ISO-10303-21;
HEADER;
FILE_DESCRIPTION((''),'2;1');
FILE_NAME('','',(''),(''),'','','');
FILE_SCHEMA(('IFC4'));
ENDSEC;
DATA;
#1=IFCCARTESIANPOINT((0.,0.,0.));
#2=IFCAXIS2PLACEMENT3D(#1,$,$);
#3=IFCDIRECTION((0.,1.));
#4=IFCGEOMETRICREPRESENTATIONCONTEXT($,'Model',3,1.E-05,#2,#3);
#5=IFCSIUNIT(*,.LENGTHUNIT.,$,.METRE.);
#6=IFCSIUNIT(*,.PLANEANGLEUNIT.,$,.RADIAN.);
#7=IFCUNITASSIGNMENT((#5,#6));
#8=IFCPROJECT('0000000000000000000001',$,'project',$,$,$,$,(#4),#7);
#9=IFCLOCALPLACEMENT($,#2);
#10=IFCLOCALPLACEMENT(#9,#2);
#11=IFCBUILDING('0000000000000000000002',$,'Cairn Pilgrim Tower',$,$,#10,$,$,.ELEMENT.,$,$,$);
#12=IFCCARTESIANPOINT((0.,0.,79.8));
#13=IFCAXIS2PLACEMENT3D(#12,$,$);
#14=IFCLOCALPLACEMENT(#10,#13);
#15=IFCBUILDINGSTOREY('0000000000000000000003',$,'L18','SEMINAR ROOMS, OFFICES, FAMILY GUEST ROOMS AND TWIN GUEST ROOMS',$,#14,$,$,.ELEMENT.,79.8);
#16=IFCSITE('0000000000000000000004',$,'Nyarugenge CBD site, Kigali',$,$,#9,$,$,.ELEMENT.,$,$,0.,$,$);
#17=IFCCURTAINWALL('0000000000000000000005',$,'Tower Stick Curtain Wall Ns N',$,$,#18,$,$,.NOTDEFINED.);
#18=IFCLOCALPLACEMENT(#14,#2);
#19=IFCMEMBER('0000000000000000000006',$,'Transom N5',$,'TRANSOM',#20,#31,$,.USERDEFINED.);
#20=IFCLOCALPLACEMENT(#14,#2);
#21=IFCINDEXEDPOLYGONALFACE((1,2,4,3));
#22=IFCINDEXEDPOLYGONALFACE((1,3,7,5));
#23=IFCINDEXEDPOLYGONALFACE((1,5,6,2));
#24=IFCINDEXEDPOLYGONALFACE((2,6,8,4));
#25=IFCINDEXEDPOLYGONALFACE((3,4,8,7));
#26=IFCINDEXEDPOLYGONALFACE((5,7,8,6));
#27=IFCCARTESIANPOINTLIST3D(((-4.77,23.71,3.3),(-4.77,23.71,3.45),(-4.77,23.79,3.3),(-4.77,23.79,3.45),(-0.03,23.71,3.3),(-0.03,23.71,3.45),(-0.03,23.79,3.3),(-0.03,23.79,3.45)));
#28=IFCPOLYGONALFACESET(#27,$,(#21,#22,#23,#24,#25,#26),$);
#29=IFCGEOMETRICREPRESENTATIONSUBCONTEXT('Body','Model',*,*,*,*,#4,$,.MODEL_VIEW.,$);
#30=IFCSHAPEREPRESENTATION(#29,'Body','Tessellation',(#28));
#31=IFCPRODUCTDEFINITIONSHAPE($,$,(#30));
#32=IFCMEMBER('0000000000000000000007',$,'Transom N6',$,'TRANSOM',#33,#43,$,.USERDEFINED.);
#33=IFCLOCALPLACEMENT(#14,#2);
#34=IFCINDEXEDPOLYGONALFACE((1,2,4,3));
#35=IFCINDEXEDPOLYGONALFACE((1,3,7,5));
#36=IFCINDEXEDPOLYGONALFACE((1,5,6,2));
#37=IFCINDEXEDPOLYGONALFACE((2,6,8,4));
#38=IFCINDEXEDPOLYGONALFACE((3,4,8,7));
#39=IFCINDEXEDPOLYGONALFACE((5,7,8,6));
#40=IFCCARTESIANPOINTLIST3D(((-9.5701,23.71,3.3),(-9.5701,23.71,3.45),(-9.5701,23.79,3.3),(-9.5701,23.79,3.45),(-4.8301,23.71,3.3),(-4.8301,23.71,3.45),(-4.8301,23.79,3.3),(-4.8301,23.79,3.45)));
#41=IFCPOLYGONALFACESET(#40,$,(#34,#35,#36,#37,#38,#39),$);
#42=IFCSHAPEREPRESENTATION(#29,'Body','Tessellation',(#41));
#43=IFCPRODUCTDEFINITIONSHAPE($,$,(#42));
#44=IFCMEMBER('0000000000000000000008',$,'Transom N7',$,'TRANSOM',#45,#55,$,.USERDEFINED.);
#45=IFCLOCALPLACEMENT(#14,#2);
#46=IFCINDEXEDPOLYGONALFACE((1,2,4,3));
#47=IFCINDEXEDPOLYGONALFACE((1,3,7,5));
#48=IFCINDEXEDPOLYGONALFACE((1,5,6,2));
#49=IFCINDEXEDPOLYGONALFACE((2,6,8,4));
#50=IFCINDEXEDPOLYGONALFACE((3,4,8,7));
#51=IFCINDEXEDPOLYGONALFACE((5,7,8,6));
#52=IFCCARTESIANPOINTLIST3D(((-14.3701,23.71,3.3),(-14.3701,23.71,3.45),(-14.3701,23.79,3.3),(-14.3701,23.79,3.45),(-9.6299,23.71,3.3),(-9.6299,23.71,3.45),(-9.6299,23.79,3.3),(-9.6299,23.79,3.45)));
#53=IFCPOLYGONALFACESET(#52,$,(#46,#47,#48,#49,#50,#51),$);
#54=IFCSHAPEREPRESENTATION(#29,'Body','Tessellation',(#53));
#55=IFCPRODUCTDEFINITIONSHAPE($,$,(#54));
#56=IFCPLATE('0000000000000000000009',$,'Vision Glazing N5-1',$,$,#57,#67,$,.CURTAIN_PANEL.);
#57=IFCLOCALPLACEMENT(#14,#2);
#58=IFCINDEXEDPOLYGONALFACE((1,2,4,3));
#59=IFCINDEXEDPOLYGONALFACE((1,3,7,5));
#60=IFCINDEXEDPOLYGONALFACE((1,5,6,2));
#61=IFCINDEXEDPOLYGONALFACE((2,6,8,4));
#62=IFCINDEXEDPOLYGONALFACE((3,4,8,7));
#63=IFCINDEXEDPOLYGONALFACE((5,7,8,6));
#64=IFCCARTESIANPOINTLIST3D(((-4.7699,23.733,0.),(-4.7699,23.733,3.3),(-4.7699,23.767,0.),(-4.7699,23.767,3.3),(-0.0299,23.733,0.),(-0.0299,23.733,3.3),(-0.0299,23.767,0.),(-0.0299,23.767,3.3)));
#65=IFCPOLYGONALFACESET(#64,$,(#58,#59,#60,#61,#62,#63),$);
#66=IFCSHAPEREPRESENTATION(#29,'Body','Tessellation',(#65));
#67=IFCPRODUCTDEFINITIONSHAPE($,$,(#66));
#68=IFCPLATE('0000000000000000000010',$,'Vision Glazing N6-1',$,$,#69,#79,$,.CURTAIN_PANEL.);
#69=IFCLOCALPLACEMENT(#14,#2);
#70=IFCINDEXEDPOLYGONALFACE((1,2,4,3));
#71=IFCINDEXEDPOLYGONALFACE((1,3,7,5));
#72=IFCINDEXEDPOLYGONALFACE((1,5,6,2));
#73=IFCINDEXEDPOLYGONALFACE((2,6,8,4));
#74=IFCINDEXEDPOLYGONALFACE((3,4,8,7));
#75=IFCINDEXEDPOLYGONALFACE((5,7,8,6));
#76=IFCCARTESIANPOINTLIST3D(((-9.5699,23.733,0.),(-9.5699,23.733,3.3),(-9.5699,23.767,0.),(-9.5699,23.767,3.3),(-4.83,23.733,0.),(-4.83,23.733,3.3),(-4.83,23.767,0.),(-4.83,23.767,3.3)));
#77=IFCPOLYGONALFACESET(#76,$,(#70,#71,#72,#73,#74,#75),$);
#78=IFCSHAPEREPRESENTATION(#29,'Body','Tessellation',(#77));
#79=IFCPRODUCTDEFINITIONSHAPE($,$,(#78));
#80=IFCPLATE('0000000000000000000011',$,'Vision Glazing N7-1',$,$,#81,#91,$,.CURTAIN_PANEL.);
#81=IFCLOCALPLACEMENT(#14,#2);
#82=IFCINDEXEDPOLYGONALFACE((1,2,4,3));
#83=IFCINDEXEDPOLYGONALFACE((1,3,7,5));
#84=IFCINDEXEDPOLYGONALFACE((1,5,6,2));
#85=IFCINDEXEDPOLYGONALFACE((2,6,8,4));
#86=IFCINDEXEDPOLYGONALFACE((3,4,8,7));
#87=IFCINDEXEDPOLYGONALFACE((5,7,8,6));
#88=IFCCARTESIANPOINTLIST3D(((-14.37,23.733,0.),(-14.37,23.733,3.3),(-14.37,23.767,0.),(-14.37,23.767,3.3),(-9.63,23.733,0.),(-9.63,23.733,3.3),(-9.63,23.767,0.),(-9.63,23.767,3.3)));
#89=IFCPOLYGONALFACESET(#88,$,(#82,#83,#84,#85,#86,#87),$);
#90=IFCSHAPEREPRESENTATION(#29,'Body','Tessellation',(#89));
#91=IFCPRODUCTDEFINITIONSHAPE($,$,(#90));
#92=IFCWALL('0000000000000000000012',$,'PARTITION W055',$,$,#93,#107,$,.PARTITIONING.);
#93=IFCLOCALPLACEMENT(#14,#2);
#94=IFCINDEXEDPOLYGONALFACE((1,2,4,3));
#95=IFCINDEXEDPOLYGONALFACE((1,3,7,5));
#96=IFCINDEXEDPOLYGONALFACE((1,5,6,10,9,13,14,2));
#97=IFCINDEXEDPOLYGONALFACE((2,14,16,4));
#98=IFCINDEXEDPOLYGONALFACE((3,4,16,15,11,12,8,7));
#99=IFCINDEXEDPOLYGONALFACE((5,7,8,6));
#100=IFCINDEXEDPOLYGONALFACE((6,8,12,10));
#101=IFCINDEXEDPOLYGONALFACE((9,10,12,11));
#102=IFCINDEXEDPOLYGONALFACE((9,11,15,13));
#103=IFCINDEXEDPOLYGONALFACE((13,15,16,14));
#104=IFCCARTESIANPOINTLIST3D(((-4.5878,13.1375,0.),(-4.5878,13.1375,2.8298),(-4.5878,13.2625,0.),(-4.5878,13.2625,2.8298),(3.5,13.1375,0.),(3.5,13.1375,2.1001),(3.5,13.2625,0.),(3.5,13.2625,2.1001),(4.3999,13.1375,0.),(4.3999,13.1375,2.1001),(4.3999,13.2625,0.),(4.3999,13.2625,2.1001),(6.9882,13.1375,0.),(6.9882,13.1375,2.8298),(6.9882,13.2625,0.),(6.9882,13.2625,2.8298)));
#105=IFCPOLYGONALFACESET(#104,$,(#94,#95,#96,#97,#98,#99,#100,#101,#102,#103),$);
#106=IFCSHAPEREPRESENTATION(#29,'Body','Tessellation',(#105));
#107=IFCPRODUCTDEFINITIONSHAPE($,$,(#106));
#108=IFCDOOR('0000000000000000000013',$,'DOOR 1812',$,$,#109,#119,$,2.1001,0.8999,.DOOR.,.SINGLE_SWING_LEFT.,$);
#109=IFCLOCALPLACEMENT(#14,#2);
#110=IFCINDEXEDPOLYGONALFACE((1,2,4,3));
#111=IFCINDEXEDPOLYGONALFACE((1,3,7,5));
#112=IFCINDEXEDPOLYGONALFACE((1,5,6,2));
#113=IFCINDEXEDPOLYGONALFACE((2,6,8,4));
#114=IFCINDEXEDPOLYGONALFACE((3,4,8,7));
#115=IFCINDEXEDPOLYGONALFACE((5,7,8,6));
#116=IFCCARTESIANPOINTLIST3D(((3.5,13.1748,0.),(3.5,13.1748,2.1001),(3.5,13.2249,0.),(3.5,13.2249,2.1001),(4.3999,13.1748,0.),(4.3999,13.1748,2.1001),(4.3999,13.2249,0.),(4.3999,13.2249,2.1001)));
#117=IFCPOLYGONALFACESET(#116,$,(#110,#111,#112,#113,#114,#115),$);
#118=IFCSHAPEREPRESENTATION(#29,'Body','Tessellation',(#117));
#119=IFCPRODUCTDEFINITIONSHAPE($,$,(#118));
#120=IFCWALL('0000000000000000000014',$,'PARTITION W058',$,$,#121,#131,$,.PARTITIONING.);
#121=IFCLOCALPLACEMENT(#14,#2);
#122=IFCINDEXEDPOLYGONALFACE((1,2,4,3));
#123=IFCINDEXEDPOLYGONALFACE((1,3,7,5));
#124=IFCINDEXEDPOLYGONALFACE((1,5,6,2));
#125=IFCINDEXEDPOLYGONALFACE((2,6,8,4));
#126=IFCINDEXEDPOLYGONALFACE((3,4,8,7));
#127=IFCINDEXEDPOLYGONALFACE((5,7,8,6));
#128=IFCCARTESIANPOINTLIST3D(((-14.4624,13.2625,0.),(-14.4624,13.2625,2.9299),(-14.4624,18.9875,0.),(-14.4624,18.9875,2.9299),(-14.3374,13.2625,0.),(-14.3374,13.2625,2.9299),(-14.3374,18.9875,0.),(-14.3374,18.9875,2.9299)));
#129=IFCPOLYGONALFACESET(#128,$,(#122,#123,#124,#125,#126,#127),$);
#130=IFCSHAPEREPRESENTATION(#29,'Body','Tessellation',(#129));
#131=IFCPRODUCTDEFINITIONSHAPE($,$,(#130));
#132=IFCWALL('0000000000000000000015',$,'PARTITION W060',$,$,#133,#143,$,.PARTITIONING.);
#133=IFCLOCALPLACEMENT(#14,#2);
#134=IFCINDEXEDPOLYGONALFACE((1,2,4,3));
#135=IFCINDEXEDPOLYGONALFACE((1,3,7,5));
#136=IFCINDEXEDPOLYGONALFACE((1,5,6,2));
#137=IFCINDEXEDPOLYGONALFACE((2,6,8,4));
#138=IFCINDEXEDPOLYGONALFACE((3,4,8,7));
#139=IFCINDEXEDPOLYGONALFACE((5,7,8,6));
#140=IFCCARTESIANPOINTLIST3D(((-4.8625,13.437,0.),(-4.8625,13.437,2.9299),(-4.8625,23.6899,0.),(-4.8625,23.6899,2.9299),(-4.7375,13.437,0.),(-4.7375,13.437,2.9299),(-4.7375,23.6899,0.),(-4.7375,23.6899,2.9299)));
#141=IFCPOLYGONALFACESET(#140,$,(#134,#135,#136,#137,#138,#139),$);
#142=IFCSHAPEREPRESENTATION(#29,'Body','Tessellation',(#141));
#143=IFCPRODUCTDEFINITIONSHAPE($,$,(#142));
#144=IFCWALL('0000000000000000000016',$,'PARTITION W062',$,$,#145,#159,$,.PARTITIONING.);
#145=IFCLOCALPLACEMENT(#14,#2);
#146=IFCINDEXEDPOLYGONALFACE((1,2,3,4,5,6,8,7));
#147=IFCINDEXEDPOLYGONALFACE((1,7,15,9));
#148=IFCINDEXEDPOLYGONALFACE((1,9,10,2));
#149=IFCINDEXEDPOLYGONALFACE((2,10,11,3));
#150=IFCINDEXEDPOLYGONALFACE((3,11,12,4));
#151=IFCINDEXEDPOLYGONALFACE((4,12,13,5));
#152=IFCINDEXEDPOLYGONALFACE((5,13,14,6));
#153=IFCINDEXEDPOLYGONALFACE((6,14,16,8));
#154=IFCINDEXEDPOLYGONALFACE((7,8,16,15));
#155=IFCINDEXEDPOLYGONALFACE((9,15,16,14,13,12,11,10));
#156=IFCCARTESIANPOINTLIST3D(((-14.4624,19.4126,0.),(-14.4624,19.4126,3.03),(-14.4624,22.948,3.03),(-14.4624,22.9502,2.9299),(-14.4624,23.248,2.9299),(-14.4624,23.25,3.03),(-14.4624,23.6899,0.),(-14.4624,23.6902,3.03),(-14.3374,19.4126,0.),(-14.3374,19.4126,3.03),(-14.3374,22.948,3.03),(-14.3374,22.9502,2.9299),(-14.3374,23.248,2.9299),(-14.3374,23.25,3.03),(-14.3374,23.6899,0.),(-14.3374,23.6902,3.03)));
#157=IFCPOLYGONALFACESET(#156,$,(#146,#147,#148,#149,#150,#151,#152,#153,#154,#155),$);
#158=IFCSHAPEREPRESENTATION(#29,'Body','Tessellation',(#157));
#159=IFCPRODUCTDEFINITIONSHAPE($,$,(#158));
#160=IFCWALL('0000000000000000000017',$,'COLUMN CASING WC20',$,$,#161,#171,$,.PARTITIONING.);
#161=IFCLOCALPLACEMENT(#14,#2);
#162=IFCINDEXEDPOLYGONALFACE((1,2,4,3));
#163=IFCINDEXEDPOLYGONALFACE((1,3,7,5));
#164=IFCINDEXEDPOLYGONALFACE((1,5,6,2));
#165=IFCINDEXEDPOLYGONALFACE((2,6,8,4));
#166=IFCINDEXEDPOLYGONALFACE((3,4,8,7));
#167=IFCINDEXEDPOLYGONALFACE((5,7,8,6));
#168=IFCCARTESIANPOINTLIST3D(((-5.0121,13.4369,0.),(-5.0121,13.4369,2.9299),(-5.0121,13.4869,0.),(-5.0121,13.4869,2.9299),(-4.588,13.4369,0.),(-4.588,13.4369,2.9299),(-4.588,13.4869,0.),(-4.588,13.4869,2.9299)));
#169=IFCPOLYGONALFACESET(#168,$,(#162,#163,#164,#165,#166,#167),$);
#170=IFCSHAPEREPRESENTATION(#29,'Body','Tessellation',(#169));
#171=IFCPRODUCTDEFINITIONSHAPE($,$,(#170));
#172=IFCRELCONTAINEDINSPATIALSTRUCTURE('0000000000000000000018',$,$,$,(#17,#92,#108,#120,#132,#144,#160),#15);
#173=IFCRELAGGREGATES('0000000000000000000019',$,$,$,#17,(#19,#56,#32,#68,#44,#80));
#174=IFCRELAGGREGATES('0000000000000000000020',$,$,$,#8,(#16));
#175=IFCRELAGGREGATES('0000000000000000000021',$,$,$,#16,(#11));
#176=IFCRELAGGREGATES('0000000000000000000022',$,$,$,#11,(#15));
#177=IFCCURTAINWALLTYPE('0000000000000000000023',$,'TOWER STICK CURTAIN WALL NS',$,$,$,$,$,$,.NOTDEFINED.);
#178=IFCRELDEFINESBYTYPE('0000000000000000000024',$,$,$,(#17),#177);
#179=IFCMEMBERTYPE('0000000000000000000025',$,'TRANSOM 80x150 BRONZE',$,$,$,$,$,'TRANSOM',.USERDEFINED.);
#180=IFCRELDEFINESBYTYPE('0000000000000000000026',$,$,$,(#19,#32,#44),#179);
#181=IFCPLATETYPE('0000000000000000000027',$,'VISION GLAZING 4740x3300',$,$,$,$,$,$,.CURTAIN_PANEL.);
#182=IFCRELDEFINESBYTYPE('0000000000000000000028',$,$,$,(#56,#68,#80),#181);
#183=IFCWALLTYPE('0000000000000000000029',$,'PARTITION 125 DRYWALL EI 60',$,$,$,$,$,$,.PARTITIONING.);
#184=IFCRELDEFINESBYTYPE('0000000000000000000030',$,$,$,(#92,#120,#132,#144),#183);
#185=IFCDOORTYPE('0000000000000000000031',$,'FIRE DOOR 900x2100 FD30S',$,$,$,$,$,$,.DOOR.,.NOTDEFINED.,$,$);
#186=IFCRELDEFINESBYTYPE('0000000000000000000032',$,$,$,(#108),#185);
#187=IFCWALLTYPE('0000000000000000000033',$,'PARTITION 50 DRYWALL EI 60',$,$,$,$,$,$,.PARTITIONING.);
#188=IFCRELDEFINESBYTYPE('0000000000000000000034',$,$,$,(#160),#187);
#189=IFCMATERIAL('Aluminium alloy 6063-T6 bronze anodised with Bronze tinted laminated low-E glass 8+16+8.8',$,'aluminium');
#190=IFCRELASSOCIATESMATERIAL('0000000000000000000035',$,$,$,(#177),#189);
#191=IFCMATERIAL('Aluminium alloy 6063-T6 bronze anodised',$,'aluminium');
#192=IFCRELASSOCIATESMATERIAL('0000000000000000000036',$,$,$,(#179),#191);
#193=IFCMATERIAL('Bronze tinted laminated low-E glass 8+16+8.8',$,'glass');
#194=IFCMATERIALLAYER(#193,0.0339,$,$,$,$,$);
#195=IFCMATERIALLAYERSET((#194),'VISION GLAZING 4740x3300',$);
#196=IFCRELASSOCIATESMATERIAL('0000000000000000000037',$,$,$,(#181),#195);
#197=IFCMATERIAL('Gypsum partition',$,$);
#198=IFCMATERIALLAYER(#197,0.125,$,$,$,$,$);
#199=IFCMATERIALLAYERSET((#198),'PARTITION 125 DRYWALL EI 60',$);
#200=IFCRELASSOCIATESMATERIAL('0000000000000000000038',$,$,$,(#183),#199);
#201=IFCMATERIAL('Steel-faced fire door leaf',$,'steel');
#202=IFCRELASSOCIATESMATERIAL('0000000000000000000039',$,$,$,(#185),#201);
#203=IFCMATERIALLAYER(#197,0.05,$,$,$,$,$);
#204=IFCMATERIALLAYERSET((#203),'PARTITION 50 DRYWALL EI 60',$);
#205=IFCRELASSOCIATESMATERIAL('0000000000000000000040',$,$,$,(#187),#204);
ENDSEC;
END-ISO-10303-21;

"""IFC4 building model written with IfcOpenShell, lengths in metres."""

from ifc_helpers import new_model, si_unit, direction, frame, frame_2d, origin, origin_2d, place, context, subcontext, project, spatial, polyline, rectangle, outline, extrude, material, layer, layer_set, material_profile, profile_set, type_object, element, fill, aggregate, save


model = new_model("IFC4")

# Units and contexts
model_context = context("Model", 3, precision=1e-05, world=origin(), true_north=direction((0.0, 1.0)))
body_context = subcontext(model_context, "Body", "Model", "MODEL_VIEW")
ifc_project = project(units=[si_unit("LENGTHUNIT", "METRE"), si_unit("PLANEANGLEUNIT", "RADIAN")], contexts=[model_context])

# Site, building, storey
site_placement = place(None, origin())
site = spatial("IfcSite", under=ifc_project, at=site_placement, Name="Nyarugenge CBD site, Kigali", CompositionType="ELEMENT", RefElevation=0.0)
building_placement = place(site_placement, origin())
building = spatial("IfcBuilding", under=site, at=building_placement, Name="Cairn Pilgrim Tower", CompositionType="ELEMENT")
storey_placement = place(building_placement, frame((0.0, 0.0, 79.8)))
storey = spatial("IfcBuildingStorey", under=building, at=storey_placement, Name="L18", Description="SEMINAR ROOMS, OFFICES, FAMILY GUEST ROOMS AND TWIN GUEST ROOMS", CompositionType="ELEMENT", Elevation=79.8)

# Curtain wall
ifc_material_1 = material(Name="Aluminium alloy 6063-T6 bronze anodised with Bronze tinted laminated low-E glass 8+16+8.8", Category="aluminium")
curtain_wall_type = type_object("IfcCurtainWallType", Name="TOWER STICK CURTAIN WALL NS", PredefinedType="NOTDEFINED", material=ifc_material_1)
curtain_wall_placement = place(storey_placement, origin())
curtain_wall = element("IfcCurtainWall", 1, at=curtain_wall_placement, inside=storey, type_object=curtain_wall_type, Name="Tower Stick Curtain Wall Ns N", PredefinedType="NOTDEFINED")
ifc_material_2 = material(Name="Aluminium alloy 6063-T6 bronze anodised", Category="aluminium")

# Members
ifc_material_profile_1 = material_profile(ifc_material_2, rectangle(XDim=0.0801, YDim=0.1499, at=origin_2d()), Name="TRANSOM 80x150 BRONZE")
ifc_profile_set_1 = profile_set([ifc_material_profile_1], Name="Aluminium alloy 6063-T6 bronze anodised")
member_type_1 = type_object("IfcMemberType", Name="TRANSOM 80x150 BRONZE", ElementType="TRANSOM", PredefinedType="USERDEFINED", material=ifc_profile_set_1)
member_1_placement = place(storey_placement, frame((-0.03, 23.75, 3.375), z_axis=(-1.0, 0.0, 0.0), x_axis=(0.0, -1.0, 0.0)))
member_1 = element("IfcMember", 2, at=member_1_placement, type_object=member_type_1, Name="Transom N5", ObjectType="TRANSOM", PredefinedType="USERDEFINED", context=body_context, shape_type="SweptSolid", body=[
    extrude(rectangle(XDim=0.0801, YDim=0.1499, at=origin_2d()), origin(), (0.0, 0.0, 1.0), 4.74),
])
member_2_placement = place(storey_placement, frame((-4.8301, 23.75, 3.375), z_axis=(-1.0, 0.0, 0.0), x_axis=(0.0, -1.0, 0.0)))
member_2 = element("IfcMember", 3, at=member_2_placement, type_object=member_type_1, Name="Transom N6", ObjectType="TRANSOM", PredefinedType="USERDEFINED", context=body_context, shape_type="SweptSolid", body=[
    extrude(rectangle(XDim=0.0801, YDim=0.1499, at=origin_2d()), origin(), (0.0, 0.0, 1.0), 4.74),
])
member_3_placement = place(storey_placement, frame((-9.6299, 23.75, 3.375), z_axis=(-1.0, 0.0, 0.0), x_axis=(0.0, -1.0, 0.0)))
member_3 = element("IfcMember", 4, at=member_3_placement, type_object=member_type_1, Name="Transom N7", ObjectType="TRANSOM", PredefinedType="USERDEFINED", context=body_context, shape_type="SweptSolid", body=[
    extrude(rectangle(XDim=0.0801, YDim=0.1499, at=origin_2d()), origin(), (0.0, 0.0, 1.0), 4.7402),
])

# Plates
ifc_material_3 = material(Name="Bronze tinted laminated low-E glass 8+16+8.8", Category="glass")
ifc_layer_1 = layer(ifc_material_3, 0.0339)
ifc_layer_set_1 = layer_set([ifc_layer_1], Name="VISION GLAZING 4740x3300")
plate_type = type_object("IfcPlateType", Name="VISION GLAZING 4740x3300", PredefinedType="CURTAIN_PANEL", material=ifc_layer_set_1)
plate_1_placement = place(storey_placement, frame((-2.3999, 23.75, 0.0), z_axis=(0.0, 0.0, 1.0), x_axis=(-1.0, 0.0, 0.0)))
plate_1 = element("IfcPlate", 5, at=plate_1_placement, type_object=plate_type, Name="Vision Glazing N5-1", PredefinedType="CURTAIN_PANEL", context=body_context, shape_type="SweptSolid", body=[
    extrude(rectangle(XDim=4.74, YDim=0.0339, at=origin_2d()), origin(), (0.0, 0.0, 1.0), 3.3),
])
plate_2_placement = place(storey_placement, frame((-7.2, 23.75, 0.0), z_axis=(0.0, 0.0, 1.0), x_axis=(-1.0, 0.0, 0.0)))
plate_2 = element("IfcPlate", 6, at=plate_2_placement, type_object=plate_type, Name="Vision Glazing N6-1", PredefinedType="CURTAIN_PANEL", context=body_context, shape_type="SweptSolid", body=[
    extrude(rectangle(XDim=4.74, YDim=0.0339, at=origin_2d()), origin(), (0.0, 0.0, 1.0), 3.3),
])
plate_3_placement = place(storey_placement, frame((-12.0, 23.75, 0.0), z_axis=(0.0, 0.0, 1.0), x_axis=(-1.0, 0.0, 0.0)))
plate_3 = element("IfcPlate", 7, at=plate_3_placement, type_object=plate_type, Name="Vision Glazing N7-1", PredefinedType="CURTAIN_PANEL", context=body_context, shape_type="SweptSolid", body=[
    extrude(rectangle(XDim=4.74, YDim=0.0339, at=origin_2d()), origin(), (0.0, 0.0, 1.0), 3.3),
])
aggregate(curtain_wall, [member_1, plate_1, member_2, plate_2, member_3, plate_3])

# Wall, opening, door
ifc_material_4 = material(Name="Gypsum partition")
ifc_layer_2 = layer(ifc_material_4, 0.125)
ifc_layer_set_2 = layer_set([ifc_layer_2], Name="PARTITION 125 DRYWALL EI 60")
wall_type_1 = type_object("IfcWallType", Name="PARTITION 125 DRYWALL EI 60", PredefinedType="PARTITIONING", material=ifc_layer_set_2)
wall_1_placement = place(storey_placement, frame((-4.5879, 13.2, 0.0), z_axis=(0.0, 0.0, 1.0), x_axis=(1.0, 0.0, 0.0)))
wall_1 = element("IfcWall", 8, at=wall_1_placement, inside=storey, type_object=wall_type_1, Name="PARTITION W055", PredefinedType="PARTITIONING", context=body_context, shape_type="SweptSolid", body=[
    extrude(rectangle(XDim=11.5759, YDim=0.125, at=frame_2d((5.7881, 0.0))), origin(), (0.0, 0.0, 1.0), 2.8298),
])
opening_placement = place(wall_1_placement, frame((8.0879, 0.0, 0.0)))
opening = element("IfcOpeningElement", 9, at=opening_placement, cuts=wall_1, PredefinedType="OPENING", context=body_context, shape_type="SweptSolid", body=[
    extrude(rectangle(XDim=0.8999, YDim=2.1001, at=frame_2d((0.45, 1.05))), frame((0.0, 0.0725, 0.0), z_axis=(0.0, -1.0, 0.0), x_axis=(1.0, 0.0, 0.0)), (0.0, 0.0, 1.0), 0.145),
])
ifc_material_5 = material(Name="Steel-faced fire door leaf", Category="steel")
door_type = type_object("IfcDoorType", Name="FIRE DOOR 900x2100 FD30S", OperationType="NOTDEFINED", PredefinedType="DOOR", material=ifc_material_5)
door_placement = place(opening_placement, origin())
door = element("IfcDoor", 10, at=door_placement, inside=storey, type_object=door_type, Name="DOOR 1812", OperationType="SINGLE_SWING_LEFT", OverallHeight=2.1001, OverallWidth=0.8999, PredefinedType="DOOR", context=body_context, shape_type="SweptSolid", body=[
    extrude(rectangle(XDim=0.8999, YDim=2.1001, at=frame_2d((0.45, 1.05))), frame((0.0, 0.0249, 0.0), z_axis=(0.0, -1.0, 0.0), x_axis=(1.0, 0.0, 0.0)), (0.0, 0.0, 1.0), 0.05),
])
fill(opening, door)

# Walls
wall_2_placement = place(storey_placement, frame((-14.3999, 13.2625, 0.0), z_axis=(0.0, 0.0, 1.0), x_axis=(0.0, 1.0, 0.0)))
element("IfcWall", 11, at=wall_2_placement, inside=storey, type_object=wall_type_1, Name="PARTITION W058", PredefinedType="PARTITIONING", context=body_context, shape_type="SweptSolid", body=[
    extrude(rectangle(XDim=5.7251, YDim=0.125, at=frame_2d((2.8625, 0.0))), origin(), (0.0, 0.0, 1.0), 2.9299),
])
wall_3_placement = place(storey_placement, frame((-4.8, 13.437, 0.0), z_axis=(0.0, 0.0, 1.0), x_axis=(0.0, 1.0, 0.0)))
element("IfcWall", 12, at=wall_3_placement, inside=storey, type_object=wall_type_1, Name="PARTITION W060", PredefinedType="PARTITIONING", context=body_context, shape_type="SweptSolid", body=[
    extrude(rectangle(XDim=10.2529, YDim=0.125, at=frame_2d((5.1265, 0.0))), origin(), (0.0, 0.0, 1.0), 2.9299),
])
wall_4_placement = place(storey_placement, frame((-14.3999, 19.4126, 0.0), z_axis=(0.0, 0.0, 1.0), x_axis=(0.0, 1.0, 0.0)))
element("IfcWall", 13, at=wall_4_placement, inside=storey, type_object=wall_type_1, Name="PARTITION W062", PredefinedType="PARTITIONING", context=body_context, shape_type="SweptSolid", body=[
    extrude(outline(polyline([(0.0, 0.0), (4.2773, 0.0), (4.2776, 3.03), (3.8374, 3.03), (3.8354, 2.9299), (3.5376, 2.9299), (3.5354, 3.03), (0.0, 3.03), (0.0, 0.0)])), frame((0.0, 0.0625, 0.0), z_axis=(0.0, -1.0, 0.0), x_axis=(1.0, 0.0, 0.0)), (0.0, 0.0, 1.0), 0.125),
])
ifc_layer_3 = layer(ifc_material_4, 0.05)
ifc_layer_set_3 = layer_set([ifc_layer_3], Name="PARTITION 50 DRYWALL EI 60")
wall_type_2 = type_object("IfcWallType", Name="PARTITION 50 DRYWALL EI 60", PredefinedType="PARTITIONING", material=ifc_layer_set_3)
wall_5_placement = place(storey_placement, frame((-5.012, 13.4619, 0.0), z_axis=(0.0, 0.0, 1.0), x_axis=(1.0, 0.0, 0.0)))
element("IfcWall", 14, at=wall_5_placement, inside=storey, type_object=wall_type_2, Name="COLUMN CASING WC20", PredefinedType="PARTITIONING", context=body_context, shape_type="SweptSolid", body=[
    extrude(rectangle(XDim=0.4241, YDim=0.05, at=frame_2d((0.2119, 0.0))), origin(), (0.0, 0.0, 1.0), 2.9299),
])

save(model, "model.ifc")
